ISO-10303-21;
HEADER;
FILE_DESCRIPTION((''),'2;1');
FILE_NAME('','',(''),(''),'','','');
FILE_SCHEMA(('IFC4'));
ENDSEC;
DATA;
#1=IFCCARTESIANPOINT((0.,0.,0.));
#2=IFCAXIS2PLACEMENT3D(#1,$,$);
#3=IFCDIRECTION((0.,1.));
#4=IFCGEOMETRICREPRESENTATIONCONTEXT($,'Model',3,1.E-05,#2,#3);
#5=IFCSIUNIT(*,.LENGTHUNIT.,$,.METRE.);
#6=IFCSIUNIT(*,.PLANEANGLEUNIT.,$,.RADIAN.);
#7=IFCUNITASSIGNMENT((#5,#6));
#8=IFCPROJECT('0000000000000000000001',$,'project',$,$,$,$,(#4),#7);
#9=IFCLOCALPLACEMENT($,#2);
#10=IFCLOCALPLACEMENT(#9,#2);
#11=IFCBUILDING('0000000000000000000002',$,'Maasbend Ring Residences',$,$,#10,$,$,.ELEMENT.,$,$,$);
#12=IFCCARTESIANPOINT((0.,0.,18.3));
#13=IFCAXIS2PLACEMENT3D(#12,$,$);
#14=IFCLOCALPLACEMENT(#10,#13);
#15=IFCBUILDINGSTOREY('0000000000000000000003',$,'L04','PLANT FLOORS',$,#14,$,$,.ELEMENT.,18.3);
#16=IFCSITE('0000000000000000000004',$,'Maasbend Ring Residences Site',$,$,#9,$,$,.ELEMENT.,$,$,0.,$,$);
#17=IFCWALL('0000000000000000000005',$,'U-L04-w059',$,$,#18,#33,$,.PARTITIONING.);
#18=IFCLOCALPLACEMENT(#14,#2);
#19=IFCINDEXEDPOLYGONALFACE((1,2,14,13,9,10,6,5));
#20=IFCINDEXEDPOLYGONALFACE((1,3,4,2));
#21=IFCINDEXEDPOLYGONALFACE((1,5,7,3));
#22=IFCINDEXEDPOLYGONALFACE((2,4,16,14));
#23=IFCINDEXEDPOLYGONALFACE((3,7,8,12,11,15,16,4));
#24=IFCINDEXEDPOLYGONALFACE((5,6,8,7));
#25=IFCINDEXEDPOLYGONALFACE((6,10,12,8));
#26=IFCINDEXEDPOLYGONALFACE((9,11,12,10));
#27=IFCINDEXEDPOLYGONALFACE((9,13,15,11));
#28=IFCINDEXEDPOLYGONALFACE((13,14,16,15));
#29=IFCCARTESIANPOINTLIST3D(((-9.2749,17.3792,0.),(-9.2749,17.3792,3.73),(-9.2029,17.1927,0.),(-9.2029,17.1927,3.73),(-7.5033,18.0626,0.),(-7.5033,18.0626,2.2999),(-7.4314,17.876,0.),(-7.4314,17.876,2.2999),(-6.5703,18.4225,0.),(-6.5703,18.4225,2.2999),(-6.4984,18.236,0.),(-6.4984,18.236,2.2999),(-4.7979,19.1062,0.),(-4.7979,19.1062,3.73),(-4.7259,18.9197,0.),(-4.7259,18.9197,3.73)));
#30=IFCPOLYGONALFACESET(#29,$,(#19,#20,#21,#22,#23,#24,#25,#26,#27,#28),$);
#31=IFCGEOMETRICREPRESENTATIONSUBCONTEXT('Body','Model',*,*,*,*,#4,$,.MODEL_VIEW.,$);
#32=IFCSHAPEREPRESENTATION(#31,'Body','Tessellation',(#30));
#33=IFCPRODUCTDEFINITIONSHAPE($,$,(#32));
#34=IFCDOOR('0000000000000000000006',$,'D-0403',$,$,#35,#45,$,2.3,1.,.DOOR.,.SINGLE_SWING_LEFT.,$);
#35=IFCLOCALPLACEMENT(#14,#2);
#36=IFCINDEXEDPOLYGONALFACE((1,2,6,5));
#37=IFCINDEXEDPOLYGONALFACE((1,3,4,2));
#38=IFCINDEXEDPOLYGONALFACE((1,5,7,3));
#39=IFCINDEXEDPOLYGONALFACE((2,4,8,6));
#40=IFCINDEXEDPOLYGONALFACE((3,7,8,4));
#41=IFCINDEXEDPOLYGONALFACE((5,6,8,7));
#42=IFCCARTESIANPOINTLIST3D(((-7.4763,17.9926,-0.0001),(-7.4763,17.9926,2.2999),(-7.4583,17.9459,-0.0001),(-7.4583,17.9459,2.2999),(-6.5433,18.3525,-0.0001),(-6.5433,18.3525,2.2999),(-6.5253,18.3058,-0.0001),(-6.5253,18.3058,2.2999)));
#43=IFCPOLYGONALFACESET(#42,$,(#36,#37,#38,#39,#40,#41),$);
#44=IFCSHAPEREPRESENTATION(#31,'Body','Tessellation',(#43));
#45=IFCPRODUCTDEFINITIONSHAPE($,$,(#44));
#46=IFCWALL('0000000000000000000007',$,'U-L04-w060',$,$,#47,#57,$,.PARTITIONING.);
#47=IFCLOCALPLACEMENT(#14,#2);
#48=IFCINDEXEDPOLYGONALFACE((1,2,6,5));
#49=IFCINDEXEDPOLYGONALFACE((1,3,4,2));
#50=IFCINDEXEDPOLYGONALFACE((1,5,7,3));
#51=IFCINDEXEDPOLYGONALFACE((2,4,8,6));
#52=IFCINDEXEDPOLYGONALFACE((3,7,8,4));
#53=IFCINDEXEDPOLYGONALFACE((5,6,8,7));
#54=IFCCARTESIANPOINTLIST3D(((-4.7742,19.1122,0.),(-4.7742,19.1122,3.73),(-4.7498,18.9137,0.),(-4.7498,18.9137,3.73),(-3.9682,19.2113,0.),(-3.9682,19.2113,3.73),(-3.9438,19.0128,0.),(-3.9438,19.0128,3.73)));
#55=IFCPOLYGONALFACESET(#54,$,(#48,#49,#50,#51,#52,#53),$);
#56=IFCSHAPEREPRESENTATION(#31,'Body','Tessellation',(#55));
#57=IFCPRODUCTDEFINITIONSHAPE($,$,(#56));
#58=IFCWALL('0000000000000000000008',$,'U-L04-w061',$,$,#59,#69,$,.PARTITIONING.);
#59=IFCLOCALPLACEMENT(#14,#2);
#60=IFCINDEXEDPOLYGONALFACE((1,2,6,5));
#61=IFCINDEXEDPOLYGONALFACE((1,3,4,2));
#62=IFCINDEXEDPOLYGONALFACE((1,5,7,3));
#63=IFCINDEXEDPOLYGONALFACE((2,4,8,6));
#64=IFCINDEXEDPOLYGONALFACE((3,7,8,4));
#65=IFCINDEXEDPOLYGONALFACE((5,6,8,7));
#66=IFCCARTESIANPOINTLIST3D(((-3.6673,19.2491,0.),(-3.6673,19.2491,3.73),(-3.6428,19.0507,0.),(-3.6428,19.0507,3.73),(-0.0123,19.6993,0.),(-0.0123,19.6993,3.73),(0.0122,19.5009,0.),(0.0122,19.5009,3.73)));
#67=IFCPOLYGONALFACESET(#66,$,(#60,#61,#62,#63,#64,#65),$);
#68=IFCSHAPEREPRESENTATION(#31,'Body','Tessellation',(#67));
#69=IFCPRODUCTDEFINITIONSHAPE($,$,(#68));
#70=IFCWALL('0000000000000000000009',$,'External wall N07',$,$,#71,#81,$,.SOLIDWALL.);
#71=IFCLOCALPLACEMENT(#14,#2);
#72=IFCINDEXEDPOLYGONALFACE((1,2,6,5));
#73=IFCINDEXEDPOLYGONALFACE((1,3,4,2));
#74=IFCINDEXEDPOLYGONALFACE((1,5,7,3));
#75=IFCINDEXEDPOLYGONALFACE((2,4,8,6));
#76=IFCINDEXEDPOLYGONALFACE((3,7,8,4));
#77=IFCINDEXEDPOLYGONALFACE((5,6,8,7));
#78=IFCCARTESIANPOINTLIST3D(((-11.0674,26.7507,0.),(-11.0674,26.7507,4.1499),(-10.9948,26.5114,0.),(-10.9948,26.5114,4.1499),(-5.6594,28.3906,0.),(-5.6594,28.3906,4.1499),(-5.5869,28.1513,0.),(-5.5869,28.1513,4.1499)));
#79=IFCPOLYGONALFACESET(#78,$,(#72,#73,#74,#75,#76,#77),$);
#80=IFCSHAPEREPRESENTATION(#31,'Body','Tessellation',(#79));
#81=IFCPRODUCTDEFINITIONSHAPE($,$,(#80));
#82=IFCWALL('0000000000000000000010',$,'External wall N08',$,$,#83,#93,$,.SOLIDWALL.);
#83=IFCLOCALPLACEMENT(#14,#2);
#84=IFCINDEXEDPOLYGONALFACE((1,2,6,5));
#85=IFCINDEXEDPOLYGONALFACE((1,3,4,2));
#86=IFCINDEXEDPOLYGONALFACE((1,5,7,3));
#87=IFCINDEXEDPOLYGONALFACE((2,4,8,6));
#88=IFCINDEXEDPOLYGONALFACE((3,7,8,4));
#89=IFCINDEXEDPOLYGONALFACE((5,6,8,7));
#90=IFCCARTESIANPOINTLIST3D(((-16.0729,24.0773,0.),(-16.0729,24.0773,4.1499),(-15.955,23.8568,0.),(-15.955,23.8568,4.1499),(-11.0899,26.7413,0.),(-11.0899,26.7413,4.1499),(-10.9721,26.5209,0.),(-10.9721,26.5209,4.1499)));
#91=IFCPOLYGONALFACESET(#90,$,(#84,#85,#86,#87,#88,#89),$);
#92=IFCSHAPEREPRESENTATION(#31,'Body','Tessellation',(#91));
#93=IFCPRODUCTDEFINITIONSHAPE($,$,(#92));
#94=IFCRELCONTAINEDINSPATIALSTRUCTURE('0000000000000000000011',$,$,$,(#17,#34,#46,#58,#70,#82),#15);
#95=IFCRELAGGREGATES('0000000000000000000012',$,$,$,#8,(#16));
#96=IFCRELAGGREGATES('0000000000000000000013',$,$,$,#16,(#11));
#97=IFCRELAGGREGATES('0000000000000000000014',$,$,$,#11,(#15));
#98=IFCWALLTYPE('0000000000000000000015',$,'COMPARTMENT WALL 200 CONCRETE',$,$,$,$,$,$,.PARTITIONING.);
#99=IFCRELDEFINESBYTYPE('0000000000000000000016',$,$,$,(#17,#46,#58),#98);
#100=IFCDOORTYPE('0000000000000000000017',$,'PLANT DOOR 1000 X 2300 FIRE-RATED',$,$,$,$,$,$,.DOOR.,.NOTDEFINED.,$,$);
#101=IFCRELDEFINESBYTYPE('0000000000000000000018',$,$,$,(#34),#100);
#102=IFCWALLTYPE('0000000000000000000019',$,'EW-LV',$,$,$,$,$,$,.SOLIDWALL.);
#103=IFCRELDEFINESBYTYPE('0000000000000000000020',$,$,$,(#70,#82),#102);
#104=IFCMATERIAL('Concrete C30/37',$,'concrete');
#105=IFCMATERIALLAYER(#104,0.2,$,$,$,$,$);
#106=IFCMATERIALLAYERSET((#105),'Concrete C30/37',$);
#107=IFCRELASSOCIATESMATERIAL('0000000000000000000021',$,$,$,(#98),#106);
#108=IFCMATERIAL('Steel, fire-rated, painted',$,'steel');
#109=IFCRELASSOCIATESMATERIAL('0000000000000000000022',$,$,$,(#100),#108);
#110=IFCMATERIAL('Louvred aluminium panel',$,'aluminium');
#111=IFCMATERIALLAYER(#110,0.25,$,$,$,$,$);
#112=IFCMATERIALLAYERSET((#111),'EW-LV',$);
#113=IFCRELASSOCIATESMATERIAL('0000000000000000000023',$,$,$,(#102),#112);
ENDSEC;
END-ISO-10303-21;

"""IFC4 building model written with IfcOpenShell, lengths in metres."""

from ifc_helpers import new_model, si_unit, direction, frame, frame_2d, origin, place, context, subcontext, project, spatial, rectangle, extrude, material, layer, layer_set, type_object, element, fill, save


model = new_model("IFC4")

# Units and contexts
model_context = context("Model", 3, precision=1e-05, world=origin(), true_north=direction((0.0, 1.0)))
body_context = subcontext(model_context, "Body", "Model", "MODEL_VIEW")
ifc_project = project(units=[si_unit("LENGTHUNIT", "METRE"), si_unit("PLANEANGLEUNIT", "RADIAN")], contexts=[model_context])

# Site, building, storey
site_placement = place(None, origin())
site = spatial("IfcSite", under=ifc_project, at=site_placement, Name="Maasbend Ring Residences Site", CompositionType="ELEMENT", RefElevation=0.0)
building_placement = place(site_placement, origin())
building = spatial("IfcBuilding", under=site, at=building_placement, Name="Maasbend Ring Residences", CompositionType="ELEMENT")
storey_placement = place(building_placement, frame((0.0, 0.0, 18.3)))
storey = spatial("IfcBuildingStorey", under=building, at=storey_placement, Name="L04", Description="PLANT FLOORS", CompositionType="ELEMENT", Elevation=18.3)

# Shared definitions
ifc_material_1 = material(Name="Concrete C30/37", Category="concrete")
ifc_layer_1 = layer(ifc_material_1, 0.2)
ifc_layer_set_1 = layer_set([ifc_layer_1], Name="Concrete C30/37")
wall_type_1 = type_object("IfcWallType", Name="COMPARTMENT WALL 200 CONCRETE", PredefinedType="PARTITIONING", material=ifc_layer_set_1)

# Shared definitions
ifc_material_2 = material(Name="Steel, fire-rated, painted", Category="steel")
door_type = type_object("IfcDoorType", Name="PLANT DOOR 1000 X 2300 FIRE-RATED", OperationType="NOTDEFINED", PredefinedType="DOOR", material=ifc_material_2)

# Wall, opening, door
wall_1_placement = place(storey_placement, frame((-9.239, 17.2859, 0.0), z_axis=(0.0, 0.0, 1.0), x_axis=(0.932988, 0.359906, 0.0)))
wall_1 = element("IfcWall", 1, at=wall_1_placement, inside=storey, type_object=wall_type_1, Name="U-L04-w059", PredefinedType="PARTITIONING", context=body_context, shape_type="SweptSolid", body=[
    extrude(rectangle(XDim=4.7986, YDim=0.2, at=frame_2d((2.3994, 0.0))), origin(), (0.0, 0.0, 1.0), 3.73),
])
opening_1_placement = place(wall_1_placement, frame((1.8989, 0.0, 0.0)))
opening_1 = element("IfcOpeningElement", 2, at=opening_1_placement, cuts=wall_1, PredefinedType="OPENING", context=body_context, shape_type="SweptSolid", body=[
    extrude(rectangle(XDim=1.0, YDim=2.3, at=frame_2d((0.5, 1.1499))), frame((0.0, 0.1099, 0.0), z_axis=(0.0, -1.0, 0.0), x_axis=(1.0, 0.0, 0.0)), (0.0, 0.0, 1.0), 0.22),
])
door_1_placement = place(opening_1_placement, origin())
door_1 = element("IfcDoor", 3, at=door_1_placement, inside=storey, type_object=door_type, Name="D-0403", OperationType="SINGLE_SWING_LEFT", OverallHeight=2.3, OverallWidth=1.0, PredefinedType="DOOR", context=body_context, shape_type="SweptSolid", body=[
    extrude(rectangle(XDim=1.0, YDim=2.3, at=frame_2d((0.5, 1.1499))), frame((0.0, 0.0249, 0.0), z_axis=(0.0, -1.0, 0.0), x_axis=(1.0, 0.0, 0.0)), (0.0, 0.0, 1.0), 0.05),
])
fill(opening_1, door_1)

# Walls
wall_2_placement = place(storey_placement, frame((-4.762, 19.0129, 0.0), z_axis=(0.0, 0.0, 1.0), x_axis=(0.992521, 0.122073, 0.0)))
element("IfcWall", 4, at=wall_2_placement, inside=storey, type_object=wall_type_1, Name="U-L04-w060", PredefinedType="PARTITIONING", context=body_context, shape_type="SweptSolid", body=[
    extrude(rectangle(XDim=0.812, YDim=0.2, at=frame_2d((0.406, 0.0))), origin(), (0.0, 0.0, 1.0), 3.73),
])
wall_3_placement = place(storey_placement, frame((-3.655, 19.1499, 0.0), z_axis=(0.0, 0.0, 1.0), x_axis=(0.9925, 0.122248, 0.0)))
element("IfcWall", 5, at=wall_3_placement, inside=storey, type_object=wall_type_1, Name="U-L04-w061", PredefinedType="PARTITIONING", context=body_context, shape_type="SweptSolid", body=[
    extrude(rectangle(XDim=3.6826, YDim=0.2, at=frame_2d((1.8413, 0.0))), origin(), (0.0, 0.0, 1.0), 3.73),
])
ifc_material_3 = material(Name="Louvred aluminium panel", Category="aluminium")
ifc_layer_2 = layer(ifc_material_3, 0.25)
ifc_layer_set_2 = layer_set([ifc_layer_2], Name="EW-LV")
wall_type_2 = type_object("IfcWallType", Name="EW-LV", PredefinedType="SOLIDWALL", material=ifc_layer_set_2)
wall_4_placement = place(storey_placement, frame((-5.623, 28.271, 0.0), z_axis=(0.0, 0.0, 1.0), x_axis=(-0.95697, -0.290188, 0.0)))
element("IfcWall", 6, at=wall_4_placement, inside=storey, type_object=wall_type_2, Name="External wall N07", PredefinedType="SOLIDWALL", context=body_context, shape_type="SweptSolid", body=[
    extrude(rectangle(XDim=5.6511, YDim=0.25, at=frame_2d((2.8257, 0.0))), origin(), (0.0, 0.0, 1.0), 4.1499),
])
wall_5_placement = place(storey_placement, frame((-11.031, 26.6311, 0.0), z_axis=(0.0, 0.0, 1.0), x_axis=(-0.881874, -0.471485, 0.0)))
element("IfcWall", 7, at=wall_5_placement, inside=storey, type_object=wall_type_2, Name="External wall N08", PredefinedType="SOLIDWALL", context=body_context, shape_type="SweptSolid", body=[
    extrude(rectangle(XDim=5.6504, YDim=0.25, at=frame_2d((2.8252, 0.0))), origin(), (0.0, 0.0, 1.0), 4.1499),
])

save(model, "model.ifc")
